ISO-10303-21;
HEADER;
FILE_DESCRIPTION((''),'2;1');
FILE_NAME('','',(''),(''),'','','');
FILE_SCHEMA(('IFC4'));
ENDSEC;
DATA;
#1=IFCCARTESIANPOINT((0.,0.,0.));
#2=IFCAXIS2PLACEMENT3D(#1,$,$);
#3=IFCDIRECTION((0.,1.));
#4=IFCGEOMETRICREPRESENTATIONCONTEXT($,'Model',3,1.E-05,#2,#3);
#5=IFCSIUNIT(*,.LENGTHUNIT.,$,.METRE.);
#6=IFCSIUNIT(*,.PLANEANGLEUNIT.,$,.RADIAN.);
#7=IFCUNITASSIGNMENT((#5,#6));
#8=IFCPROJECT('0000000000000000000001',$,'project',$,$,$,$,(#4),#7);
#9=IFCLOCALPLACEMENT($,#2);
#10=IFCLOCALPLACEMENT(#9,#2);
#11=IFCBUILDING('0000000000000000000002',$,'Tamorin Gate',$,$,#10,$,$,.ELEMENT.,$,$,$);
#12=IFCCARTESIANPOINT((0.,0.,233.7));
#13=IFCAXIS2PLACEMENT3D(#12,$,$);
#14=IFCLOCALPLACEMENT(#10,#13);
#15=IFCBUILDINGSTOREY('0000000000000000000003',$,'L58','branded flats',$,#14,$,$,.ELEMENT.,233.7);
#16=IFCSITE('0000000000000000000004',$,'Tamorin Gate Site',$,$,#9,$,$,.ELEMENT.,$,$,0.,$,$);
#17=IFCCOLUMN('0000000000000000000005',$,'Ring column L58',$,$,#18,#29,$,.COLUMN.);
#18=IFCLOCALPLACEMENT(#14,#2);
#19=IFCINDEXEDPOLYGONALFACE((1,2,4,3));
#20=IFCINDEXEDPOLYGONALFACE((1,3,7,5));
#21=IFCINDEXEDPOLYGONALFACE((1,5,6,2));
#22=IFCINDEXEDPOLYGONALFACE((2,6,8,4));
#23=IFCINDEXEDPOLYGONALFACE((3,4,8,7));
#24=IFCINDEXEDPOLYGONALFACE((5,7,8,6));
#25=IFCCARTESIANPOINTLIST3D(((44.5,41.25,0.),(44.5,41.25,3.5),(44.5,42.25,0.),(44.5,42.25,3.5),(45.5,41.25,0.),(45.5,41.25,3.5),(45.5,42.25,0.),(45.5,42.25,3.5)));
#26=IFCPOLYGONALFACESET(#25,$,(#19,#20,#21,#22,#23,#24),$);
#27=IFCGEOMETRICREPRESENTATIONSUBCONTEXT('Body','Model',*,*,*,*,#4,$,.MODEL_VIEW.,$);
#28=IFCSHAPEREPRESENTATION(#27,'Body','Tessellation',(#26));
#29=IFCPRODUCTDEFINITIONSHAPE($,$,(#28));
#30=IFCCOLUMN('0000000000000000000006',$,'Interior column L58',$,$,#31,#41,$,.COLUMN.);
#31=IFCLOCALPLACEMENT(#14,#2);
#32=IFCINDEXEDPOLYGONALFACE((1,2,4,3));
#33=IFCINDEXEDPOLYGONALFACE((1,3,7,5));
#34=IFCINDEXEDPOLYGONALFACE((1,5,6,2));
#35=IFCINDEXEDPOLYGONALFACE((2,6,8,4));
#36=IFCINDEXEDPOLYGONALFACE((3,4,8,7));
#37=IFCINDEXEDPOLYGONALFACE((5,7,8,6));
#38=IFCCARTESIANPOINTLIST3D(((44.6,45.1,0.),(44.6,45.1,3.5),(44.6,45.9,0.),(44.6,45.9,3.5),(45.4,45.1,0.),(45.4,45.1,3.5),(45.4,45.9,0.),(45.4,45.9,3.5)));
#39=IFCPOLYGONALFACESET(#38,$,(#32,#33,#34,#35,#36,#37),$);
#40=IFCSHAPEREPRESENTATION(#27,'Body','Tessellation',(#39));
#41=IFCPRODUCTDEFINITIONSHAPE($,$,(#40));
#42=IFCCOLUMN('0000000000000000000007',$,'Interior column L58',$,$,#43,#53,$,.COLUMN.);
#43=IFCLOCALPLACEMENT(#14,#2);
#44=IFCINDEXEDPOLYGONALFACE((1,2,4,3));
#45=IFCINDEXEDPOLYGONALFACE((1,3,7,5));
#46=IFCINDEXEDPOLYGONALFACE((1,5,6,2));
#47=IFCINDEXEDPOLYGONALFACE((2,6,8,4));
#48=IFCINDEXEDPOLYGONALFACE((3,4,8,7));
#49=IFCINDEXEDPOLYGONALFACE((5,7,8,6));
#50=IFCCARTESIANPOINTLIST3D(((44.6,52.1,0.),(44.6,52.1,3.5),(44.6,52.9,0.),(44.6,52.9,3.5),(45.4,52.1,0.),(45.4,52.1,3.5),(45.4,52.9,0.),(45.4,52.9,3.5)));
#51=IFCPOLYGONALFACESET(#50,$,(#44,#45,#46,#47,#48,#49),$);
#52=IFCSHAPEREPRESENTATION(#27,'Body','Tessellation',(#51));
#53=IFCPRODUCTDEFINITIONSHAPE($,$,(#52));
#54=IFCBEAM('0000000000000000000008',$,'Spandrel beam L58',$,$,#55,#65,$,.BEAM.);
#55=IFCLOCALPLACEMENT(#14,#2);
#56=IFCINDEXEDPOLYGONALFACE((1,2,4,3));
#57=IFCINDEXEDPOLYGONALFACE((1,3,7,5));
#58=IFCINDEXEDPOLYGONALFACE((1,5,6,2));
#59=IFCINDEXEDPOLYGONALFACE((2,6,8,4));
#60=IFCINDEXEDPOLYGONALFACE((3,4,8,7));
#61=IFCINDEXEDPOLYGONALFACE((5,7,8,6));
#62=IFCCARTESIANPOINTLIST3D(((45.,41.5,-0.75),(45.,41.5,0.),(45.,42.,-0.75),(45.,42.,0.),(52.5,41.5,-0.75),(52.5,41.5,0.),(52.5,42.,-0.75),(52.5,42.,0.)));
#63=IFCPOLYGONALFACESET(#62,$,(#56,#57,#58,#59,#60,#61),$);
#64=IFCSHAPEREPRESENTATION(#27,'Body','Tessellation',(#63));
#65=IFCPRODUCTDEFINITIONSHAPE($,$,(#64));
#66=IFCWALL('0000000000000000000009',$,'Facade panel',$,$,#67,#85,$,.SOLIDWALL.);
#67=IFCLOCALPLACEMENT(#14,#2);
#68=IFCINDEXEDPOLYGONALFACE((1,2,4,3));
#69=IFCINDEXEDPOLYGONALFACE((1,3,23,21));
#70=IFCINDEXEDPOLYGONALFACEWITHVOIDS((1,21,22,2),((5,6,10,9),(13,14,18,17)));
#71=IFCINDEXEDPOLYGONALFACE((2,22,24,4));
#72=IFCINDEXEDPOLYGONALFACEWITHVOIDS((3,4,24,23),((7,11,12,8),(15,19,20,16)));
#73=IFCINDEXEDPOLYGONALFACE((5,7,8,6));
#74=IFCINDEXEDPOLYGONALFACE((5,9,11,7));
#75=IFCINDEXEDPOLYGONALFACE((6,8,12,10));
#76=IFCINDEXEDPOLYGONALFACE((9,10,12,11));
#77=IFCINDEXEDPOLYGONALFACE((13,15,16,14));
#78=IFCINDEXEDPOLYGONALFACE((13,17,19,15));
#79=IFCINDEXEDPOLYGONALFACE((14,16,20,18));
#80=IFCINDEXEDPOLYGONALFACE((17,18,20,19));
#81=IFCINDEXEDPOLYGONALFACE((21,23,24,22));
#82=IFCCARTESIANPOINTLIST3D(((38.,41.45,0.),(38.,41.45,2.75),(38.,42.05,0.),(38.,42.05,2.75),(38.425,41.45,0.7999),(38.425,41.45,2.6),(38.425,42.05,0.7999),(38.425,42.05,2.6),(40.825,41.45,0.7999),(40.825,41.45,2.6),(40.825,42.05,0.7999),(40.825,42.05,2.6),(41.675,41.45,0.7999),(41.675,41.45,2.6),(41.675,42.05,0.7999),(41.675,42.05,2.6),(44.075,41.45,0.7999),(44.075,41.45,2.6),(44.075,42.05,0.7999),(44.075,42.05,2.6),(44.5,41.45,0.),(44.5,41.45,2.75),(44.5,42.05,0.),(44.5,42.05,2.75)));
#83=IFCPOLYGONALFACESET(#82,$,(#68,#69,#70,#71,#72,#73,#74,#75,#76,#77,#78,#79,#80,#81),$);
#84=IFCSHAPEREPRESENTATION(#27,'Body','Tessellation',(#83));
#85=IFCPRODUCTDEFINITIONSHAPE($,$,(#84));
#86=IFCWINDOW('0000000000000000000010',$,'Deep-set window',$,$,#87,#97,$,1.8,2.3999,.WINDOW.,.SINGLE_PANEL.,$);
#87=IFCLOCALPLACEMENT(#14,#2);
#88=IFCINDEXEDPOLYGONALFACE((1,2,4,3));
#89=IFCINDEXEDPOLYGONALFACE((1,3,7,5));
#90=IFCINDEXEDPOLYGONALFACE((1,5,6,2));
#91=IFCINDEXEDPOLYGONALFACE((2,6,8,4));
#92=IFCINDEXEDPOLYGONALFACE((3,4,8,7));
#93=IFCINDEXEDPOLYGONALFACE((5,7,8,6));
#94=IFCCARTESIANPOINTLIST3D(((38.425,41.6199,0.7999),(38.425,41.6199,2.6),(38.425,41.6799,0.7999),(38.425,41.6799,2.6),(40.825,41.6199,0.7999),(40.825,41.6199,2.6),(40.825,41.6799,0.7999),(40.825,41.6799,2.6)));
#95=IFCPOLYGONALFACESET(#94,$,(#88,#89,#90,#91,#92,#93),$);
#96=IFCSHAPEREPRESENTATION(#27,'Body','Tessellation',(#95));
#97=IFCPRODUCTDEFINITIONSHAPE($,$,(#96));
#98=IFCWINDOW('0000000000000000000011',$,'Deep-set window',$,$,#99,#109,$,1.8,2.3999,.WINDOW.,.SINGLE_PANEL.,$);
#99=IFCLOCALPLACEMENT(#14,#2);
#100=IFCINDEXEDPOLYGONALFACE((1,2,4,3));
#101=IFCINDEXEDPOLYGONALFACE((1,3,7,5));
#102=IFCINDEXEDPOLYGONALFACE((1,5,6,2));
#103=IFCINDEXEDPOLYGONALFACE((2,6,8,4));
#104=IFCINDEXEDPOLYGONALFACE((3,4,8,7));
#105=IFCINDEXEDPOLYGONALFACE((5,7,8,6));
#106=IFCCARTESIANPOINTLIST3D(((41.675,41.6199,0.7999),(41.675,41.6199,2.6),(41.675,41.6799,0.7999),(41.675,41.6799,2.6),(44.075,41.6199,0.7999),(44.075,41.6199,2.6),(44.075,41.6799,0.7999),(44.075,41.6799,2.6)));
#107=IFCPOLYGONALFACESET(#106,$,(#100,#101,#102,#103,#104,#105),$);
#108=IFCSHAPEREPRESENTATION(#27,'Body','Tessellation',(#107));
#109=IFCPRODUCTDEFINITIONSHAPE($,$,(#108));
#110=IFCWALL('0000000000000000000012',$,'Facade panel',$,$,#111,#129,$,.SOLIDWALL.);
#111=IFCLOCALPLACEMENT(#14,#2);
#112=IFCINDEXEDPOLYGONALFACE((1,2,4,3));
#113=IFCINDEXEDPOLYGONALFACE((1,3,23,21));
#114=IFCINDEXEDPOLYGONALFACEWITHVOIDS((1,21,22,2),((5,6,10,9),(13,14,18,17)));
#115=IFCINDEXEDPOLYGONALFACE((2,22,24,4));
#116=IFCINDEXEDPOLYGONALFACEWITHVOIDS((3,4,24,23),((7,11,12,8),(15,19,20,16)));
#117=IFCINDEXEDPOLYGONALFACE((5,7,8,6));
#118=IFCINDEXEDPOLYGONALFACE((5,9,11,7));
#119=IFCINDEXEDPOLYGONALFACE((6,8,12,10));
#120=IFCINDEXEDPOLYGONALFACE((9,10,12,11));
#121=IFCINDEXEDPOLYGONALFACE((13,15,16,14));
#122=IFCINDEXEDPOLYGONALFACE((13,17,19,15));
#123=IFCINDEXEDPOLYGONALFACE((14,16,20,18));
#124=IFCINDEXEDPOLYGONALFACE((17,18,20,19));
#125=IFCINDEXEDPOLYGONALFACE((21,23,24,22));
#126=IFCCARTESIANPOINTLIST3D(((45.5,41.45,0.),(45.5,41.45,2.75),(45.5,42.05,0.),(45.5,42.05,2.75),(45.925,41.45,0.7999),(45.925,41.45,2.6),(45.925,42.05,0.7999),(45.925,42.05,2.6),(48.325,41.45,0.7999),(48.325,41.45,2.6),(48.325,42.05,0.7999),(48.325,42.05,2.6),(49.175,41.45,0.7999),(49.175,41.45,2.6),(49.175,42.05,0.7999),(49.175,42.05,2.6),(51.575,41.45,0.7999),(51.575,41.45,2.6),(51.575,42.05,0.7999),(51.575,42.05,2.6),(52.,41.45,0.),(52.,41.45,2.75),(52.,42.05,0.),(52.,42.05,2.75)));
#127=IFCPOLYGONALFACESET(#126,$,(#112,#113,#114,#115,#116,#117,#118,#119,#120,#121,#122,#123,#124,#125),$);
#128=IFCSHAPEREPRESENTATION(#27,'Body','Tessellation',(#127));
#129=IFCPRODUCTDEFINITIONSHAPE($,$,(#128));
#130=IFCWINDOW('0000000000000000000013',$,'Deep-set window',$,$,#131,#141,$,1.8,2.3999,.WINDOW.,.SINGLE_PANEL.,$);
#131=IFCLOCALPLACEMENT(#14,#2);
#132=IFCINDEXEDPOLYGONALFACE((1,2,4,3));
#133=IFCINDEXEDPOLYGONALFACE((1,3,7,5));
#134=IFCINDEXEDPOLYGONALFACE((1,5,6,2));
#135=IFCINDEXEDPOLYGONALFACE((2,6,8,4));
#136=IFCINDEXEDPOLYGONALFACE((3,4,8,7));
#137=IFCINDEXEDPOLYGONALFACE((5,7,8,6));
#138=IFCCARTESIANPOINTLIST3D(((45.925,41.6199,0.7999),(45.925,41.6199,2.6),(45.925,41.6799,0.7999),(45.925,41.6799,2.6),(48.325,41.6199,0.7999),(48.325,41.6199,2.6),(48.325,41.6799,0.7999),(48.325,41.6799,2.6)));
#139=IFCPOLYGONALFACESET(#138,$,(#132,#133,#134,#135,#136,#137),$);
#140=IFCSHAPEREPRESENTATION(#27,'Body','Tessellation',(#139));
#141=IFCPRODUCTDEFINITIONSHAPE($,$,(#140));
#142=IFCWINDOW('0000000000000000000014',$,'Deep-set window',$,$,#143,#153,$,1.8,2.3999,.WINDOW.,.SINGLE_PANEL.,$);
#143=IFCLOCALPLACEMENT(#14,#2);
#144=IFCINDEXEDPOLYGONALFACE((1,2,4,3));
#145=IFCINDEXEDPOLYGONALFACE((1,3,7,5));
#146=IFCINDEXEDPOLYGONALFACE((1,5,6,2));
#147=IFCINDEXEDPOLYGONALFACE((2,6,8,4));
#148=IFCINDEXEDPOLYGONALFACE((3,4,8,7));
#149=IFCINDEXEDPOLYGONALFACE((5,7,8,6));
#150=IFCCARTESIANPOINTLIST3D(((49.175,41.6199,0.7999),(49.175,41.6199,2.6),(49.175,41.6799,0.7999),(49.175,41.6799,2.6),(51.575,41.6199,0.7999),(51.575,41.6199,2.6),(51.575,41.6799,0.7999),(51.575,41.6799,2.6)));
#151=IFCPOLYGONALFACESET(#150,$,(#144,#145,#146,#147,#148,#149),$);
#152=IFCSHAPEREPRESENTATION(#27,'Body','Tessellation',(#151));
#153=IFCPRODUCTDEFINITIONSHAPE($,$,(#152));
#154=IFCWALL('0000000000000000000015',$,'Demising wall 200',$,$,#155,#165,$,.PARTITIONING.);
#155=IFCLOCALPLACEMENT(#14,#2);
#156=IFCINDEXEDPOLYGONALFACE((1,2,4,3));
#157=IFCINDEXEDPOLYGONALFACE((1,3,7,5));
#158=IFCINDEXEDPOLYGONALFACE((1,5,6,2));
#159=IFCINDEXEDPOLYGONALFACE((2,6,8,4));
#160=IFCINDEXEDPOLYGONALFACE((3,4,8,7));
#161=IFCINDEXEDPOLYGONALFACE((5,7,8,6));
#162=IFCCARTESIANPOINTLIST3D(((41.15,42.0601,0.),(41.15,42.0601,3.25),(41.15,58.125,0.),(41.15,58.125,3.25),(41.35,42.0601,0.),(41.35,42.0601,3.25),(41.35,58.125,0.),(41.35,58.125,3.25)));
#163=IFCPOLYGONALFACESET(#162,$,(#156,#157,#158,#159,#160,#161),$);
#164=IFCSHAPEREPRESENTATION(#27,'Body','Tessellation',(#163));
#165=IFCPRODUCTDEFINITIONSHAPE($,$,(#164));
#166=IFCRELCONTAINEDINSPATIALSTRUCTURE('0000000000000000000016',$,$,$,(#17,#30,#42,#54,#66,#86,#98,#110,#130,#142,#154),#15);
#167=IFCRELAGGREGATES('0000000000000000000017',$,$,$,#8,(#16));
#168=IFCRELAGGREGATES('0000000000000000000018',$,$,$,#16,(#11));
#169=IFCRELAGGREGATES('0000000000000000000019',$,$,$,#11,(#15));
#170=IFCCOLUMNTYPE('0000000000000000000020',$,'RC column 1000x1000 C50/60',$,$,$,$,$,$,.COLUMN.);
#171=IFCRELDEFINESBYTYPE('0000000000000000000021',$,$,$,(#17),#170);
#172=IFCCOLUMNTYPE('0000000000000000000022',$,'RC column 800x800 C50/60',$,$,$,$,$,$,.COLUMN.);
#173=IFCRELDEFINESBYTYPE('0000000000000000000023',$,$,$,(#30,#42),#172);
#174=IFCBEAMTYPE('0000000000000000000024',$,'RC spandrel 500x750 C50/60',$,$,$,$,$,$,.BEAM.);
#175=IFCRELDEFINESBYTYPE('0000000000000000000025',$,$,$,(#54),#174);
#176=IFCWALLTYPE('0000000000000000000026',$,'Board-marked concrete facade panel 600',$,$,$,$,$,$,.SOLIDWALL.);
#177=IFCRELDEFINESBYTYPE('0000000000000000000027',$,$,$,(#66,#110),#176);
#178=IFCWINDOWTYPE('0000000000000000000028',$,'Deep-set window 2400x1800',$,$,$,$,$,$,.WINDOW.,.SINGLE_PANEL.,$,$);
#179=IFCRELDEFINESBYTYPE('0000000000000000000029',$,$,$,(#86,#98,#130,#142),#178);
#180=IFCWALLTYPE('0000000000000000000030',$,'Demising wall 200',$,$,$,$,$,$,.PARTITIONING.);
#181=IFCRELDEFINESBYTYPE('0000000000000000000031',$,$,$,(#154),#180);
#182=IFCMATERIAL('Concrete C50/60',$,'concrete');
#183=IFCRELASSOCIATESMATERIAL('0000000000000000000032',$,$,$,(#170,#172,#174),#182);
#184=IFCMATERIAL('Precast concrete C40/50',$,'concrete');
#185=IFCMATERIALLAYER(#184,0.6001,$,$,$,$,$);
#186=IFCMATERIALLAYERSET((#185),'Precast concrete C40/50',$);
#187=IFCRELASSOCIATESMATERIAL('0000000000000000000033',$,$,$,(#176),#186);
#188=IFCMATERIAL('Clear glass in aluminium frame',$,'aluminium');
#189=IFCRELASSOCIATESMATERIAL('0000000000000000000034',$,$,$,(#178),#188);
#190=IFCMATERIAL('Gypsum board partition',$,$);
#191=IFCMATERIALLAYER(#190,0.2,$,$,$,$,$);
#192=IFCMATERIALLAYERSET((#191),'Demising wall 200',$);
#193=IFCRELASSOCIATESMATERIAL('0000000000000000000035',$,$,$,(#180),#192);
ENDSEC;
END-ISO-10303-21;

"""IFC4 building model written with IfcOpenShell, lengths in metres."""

from ifc_helpers import new_model, si_unit, direction, frame, frame_2d, origin, origin_2d, place, context, subcontext, project, spatial, rectangle, extrude, material, layer, layer_set, material_profile, profile_set, type_object, element, fill, save


model = new_model("IFC4")

# Units and contexts
model_context = context("Model", 3, precision=1e-05, world=origin(), true_north=direction((0.0, 1.0)))
body_context = subcontext(model_context, "Body", "Model", "MODEL_VIEW")
ifc_project = project(units=[si_unit("LENGTHUNIT", "METRE"), si_unit("PLANEANGLEUNIT", "RADIAN")], contexts=[model_context])

# Site, building, storey
site_placement = place(None, origin())
site = spatial("IfcSite", under=ifc_project, at=site_placement, Name="Tamorin Gate Site", CompositionType="ELEMENT", RefElevation=0.0)
building_placement = place(site_placement, origin())
building = spatial("IfcBuilding", under=site, at=building_placement, Name="Tamorin Gate", CompositionType="ELEMENT")
storey_placement = place(building_placement, frame((0.0, 0.0, 233.7)))
storey = spatial("IfcBuildingStorey", under=building, at=storey_placement, Name="L58", Description="branded flats", CompositionType="ELEMENT", Elevation=233.7)

# Columns
ifc_material_1 = material(Name="Concrete C50/60", Category="concrete")
ifc_material_profile_1 = material_profile(ifc_material_1, rectangle(XDim=1.0, YDim=1.0, at=origin_2d()), Name="RC 1000x1000")
ifc_profile_set_1 = profile_set([ifc_material_profile_1], Name="Concrete C50/60")
column_type_1 = type_object("IfcColumnType", Name="RC column 1000x1000 C50/60", PredefinedType="COLUMN", material=ifc_profile_set_1)
column_placement = place(storey_placement, frame((45.0, 41.75, 0.0), z_axis=(0.0, 0.0, 1.0), x_axis=(1.0, 0.0, 0.0)))
element("IfcColumn", 1, at=column_placement, inside=storey, type_object=column_type_1, Name="Ring column L58", PredefinedType="COLUMN", context=body_context, shape_type="SweptSolid", body=[
    extrude(rectangle(XDim=1.0, YDim=1.0, at=origin_2d()), origin(), (0.0, 0.0, 1.0), 3.5),
])
ifc_material_profile_2 = material_profile(ifc_material_1, rectangle(XDim=0.8, YDim=0.8, at=origin_2d()), Name="RC 800x800")
ifc_profile_set_2 = profile_set([ifc_material_profile_2], Name="Concrete C50/60")
column_type_2 = type_object("IfcColumnType", Name="RC column 800x800 C50/60", PredefinedType="COLUMN", material=ifc_profile_set_2)
for number, where, z_axis, x_axis, name in (
    (2, (45.0, 45.5, 0.0), (0.0, 0.0, 1.0), (1.0, 0.0, 0.0), "Interior column L58"),
    (3, (45.0, 52.5, 0.0), (0.0, 0.0, 1.0), (1.0, 0.0, 0.0), "Interior column L58"),
):
    element("IfcColumn", number, at=place(storey_placement, frame(where, z_axis=z_axis, x_axis=x_axis)), inside=storey, type_object=column_type_2, Name=name, PredefinedType="COLUMN", context=body_context, shape_type="SweptSolid", body=[
        extrude(rectangle(XDim=0.8, YDim=0.8, at=origin_2d()), origin(), (0.0, 0.0, 1.0), 3.5),
    ])

# Beam
ifc_material_profile_3 = material_profile(ifc_material_1, rectangle(XDim=0.5, YDim=0.75, at=origin_2d()), Name="RC 500x750")
ifc_profile_set_3 = profile_set([ifc_material_profile_3], Name="Concrete C50/60")
beam_type = type_object("IfcBeamType", Name="RC spandrel 500x750 C50/60", PredefinedType="BEAM", material=ifc_profile_set_3)
beam_placement = place(storey_placement, frame((45.0, 41.75, -0.375), z_axis=(1.0, 0.0, 0.0), x_axis=(0.0, 1.0, 0.0)))
element("IfcBeam", 4, at=beam_placement, inside=storey, type_object=beam_type, Name="Spandrel beam L58", PredefinedType="BEAM", context=body_context, shape_type="SweptSolid", body=[
    extrude(rectangle(XDim=0.5, YDim=0.75, at=origin_2d()), origin(), (0.0, 0.0, 1.0), 7.5),
])

# Walls, openings, windows
ifc_material_2 = material(Name="Precast concrete C40/50", Category="concrete")
ifc_layer_1 = layer(ifc_material_2, 0.6001)
ifc_layer_set_1 = layer_set([ifc_layer_1], Name="Precast concrete C40/50")
wall_type_1 = type_object("IfcWallType", Name="Board-marked concrete facade panel 600", PredefinedType="SOLIDWALL", material=ifc_layer_set_1)
wall_1_placement = place(storey_placement, frame((38.0, 41.75, 0.0), z_axis=(0.0, 0.0, 1.0), x_axis=(1.0, 0.0, 0.0)))
wall_1 = element("IfcWall", 5, at=wall_1_placement, inside=storey, type_object=wall_type_1, Name="Facade panel", PredefinedType="SOLIDWALL", context=body_context, shape_type="SweptSolid", body=[
    extrude(rectangle(XDim=6.5, YDim=0.6001, at=frame_2d((3.25, 0.0))), origin(), (0.0, 0.0, 1.0), 2.75),
])
opening_1_placement = place(wall_1_placement, frame((0.425, 0.0, 0.8)))
opening_1 = element("IfcOpeningElement", 6, at=opening_1_placement, cuts=wall_1, PredefinedType="OPENING", context=body_context, shape_type="SweptSolid", body=[
    extrude(rectangle(XDim=2.3999, YDim=1.8, at=frame_2d((1.2, 0.8999))), frame((0.0, 0.3101, 0.0), z_axis=(0.0, -1.0, 0.0), x_axis=(1.0, 0.0, 0.0)), (0.0, 0.0, 1.0), 0.6201),
])
opening_2_placement = place(wall_1_placement, frame((3.675, 0.0, 0.8)))
opening_2 = element("IfcOpeningElement", 7, at=opening_2_placement, cuts=wall_1, PredefinedType="OPENING", context=body_context, shape_type="SweptSolid", body=[
    extrude(rectangle(XDim=2.3999, YDim=1.8, at=frame_2d((1.2, 0.8999))), frame((0.0, 0.3101, 0.0), z_axis=(0.0, -1.0, 0.0), x_axis=(1.0, 0.0, 0.0)), (0.0, 0.0, 1.0), 0.6201),
])
ifc_material_3 = material(Name="Clear glass in aluminium frame", Category="aluminium")
window_type = type_object("IfcWindowType", Name="Deep-set window 2400x1800", PartitioningType="SINGLE_PANEL", PredefinedType="WINDOW", material=ifc_material_3)
window_1_placement = place(opening_1_placement, origin())
window_1 = element("IfcWindow", 8, at=window_1_placement, inside=storey, type_object=window_type, Name="Deep-set window", OverallHeight=1.8, OverallWidth=2.3999, PartitioningType="SINGLE_PANEL", PredefinedType="WINDOW", context=body_context, shape_type="SweptSolid", body=[
    extrude(rectangle(XDim=2.3999, YDim=1.8, at=frame_2d((1.2, 0.8999))), frame((0.0, -0.0701, 0.0), z_axis=(0.0, -1.0, 0.0), x_axis=(1.0, 0.0, 0.0)), (0.0, 0.0, 1.0), 0.0601),
])
fill(opening_1, window_1)
window_2_placement = place(opening_2_placement, origin())
window_2 = element("IfcWindow", 9, at=window_2_placement, inside=storey, type_object=window_type, Name="Deep-set window", OverallHeight=1.8, OverallWidth=2.3999, PartitioningType="SINGLE_PANEL", PredefinedType="WINDOW", context=body_context, shape_type="SweptSolid", body=[
    extrude(rectangle(XDim=2.3999, YDim=1.8, at=frame_2d((1.2, 0.8999))), frame((0.0, -0.0701, 0.0), z_axis=(0.0, -1.0, 0.0), x_axis=(1.0, 0.0, 0.0)), (0.0, 0.0, 1.0), 0.0601),
])
fill(opening_2, window_2)
wall_2_placement = place(storey_placement, frame((45.5, 41.75, 0.0), z_axis=(0.0, 0.0, 1.0), x_axis=(1.0, 0.0, 0.0)))
wall_2 = element("IfcWall", 10, at=wall_2_placement, inside=storey, type_object=wall_type_1, Name="Facade panel", PredefinedType="SOLIDWALL", context=body_context, shape_type="SweptSolid", body=[
    extrude(rectangle(XDim=6.5, YDim=0.6001, at=frame_2d((3.25, 0.0))), origin(), (0.0, 0.0, 1.0), 2.75),
])
opening_3_placement = place(wall_2_placement, frame((0.425, 0.0, 0.8)))
opening_3 = element("IfcOpeningElement", 11, at=opening_3_placement, cuts=wall_2, PredefinedType="OPENING", context=body_context, shape_type="SweptSolid", body=[
    extrude(rectangle(XDim=2.3999, YDim=1.8, at=frame_2d((1.2, 0.8999))), frame((0.0, 0.3101, 0.0), z_axis=(0.0, -1.0, 0.0), x_axis=(1.0, 0.0, 0.0)), (0.0, 0.0, 1.0), 0.6201),
])
opening_4_placement = place(wall_2_placement, frame((3.675, 0.0, 0.8)))
opening_4 = element("IfcOpeningElement", 12, at=opening_4_placement, cuts=wall_2, PredefinedType="OPENING", context=body_context, shape_type="SweptSolid", body=[
    extrude(rectangle(XDim=2.3999, YDim=1.8, at=frame_2d((1.2, 0.8999))), frame((0.0, 0.3101, 0.0), z_axis=(0.0, -1.0, 0.0), x_axis=(1.0, 0.0, 0.0)), (0.0, 0.0, 1.0), 0.6201),
])
window_3_placement = place(opening_3_placement, origin())
window_3 = element("IfcWindow", 13, at=window_3_placement, inside=storey, type_object=window_type, Name="Deep-set window", OverallHeight=1.8, OverallWidth=2.3999, PartitioningType="SINGLE_PANEL", PredefinedType="WINDOW", context=body_context, shape_type="SweptSolid", body=[
    extrude(rectangle(XDim=2.3999, YDim=1.8, at=frame_2d((1.2, 0.8999))), frame((0.0, -0.0701, 0.0), z_axis=(0.0, -1.0, 0.0), x_axis=(1.0, 0.0, 0.0)), (0.0, 0.0, 1.0), 0.0601),
])
fill(opening_3, window_3)
window_4_placement = place(opening_4_placement, origin())
window_4 = element("IfcWindow", 14, at=window_4_placement, inside=storey, type_object=window_type, Name="Deep-set window", OverallHeight=1.8, OverallWidth=2.3999, PartitioningType="SINGLE_PANEL", PredefinedType="WINDOW", context=body_context, shape_type="SweptSolid", body=[
    extrude(rectangle(XDim=2.3999, YDim=1.8, at=frame_2d((1.2, 0.8999))), frame((0.0, -0.0701, 0.0), z_axis=(0.0, -1.0, 0.0), x_axis=(1.0, 0.0, 0.0)), (0.0, 0.0, 1.0), 0.0601),
])
fill(opening_4, window_4)

# Wall
ifc_material_4 = material(Name="Gypsum board partition")
ifc_layer_2 = layer(ifc_material_4, 0.2)
ifc_layer_set_2 = layer_set([ifc_layer_2], Name="Demising wall 200")
wall_type_2 = type_object("IfcWallType", Name="Demising wall 200", PredefinedType="PARTITIONING", material=ifc_layer_set_2)
wall_3_placement = place(storey_placement, frame((41.25, 42.0601, 0.0), z_axis=(0.0, 0.0, 1.0), x_axis=(0.0, 1.0, 0.0)))
element("IfcWall", 15, at=wall_3_placement, inside=storey, type_object=wall_type_2, Name="Demising wall 200", PredefinedType="PARTITIONING", context=body_context, shape_type="SweptSolid", body=[
    extrude(rectangle(XDim=16.0649, YDim=0.2, at=frame_2d((8.0325, 0.0))), origin(), (0.0, 0.0, 1.0), 3.25),
])

save(model, "model.ifc")
